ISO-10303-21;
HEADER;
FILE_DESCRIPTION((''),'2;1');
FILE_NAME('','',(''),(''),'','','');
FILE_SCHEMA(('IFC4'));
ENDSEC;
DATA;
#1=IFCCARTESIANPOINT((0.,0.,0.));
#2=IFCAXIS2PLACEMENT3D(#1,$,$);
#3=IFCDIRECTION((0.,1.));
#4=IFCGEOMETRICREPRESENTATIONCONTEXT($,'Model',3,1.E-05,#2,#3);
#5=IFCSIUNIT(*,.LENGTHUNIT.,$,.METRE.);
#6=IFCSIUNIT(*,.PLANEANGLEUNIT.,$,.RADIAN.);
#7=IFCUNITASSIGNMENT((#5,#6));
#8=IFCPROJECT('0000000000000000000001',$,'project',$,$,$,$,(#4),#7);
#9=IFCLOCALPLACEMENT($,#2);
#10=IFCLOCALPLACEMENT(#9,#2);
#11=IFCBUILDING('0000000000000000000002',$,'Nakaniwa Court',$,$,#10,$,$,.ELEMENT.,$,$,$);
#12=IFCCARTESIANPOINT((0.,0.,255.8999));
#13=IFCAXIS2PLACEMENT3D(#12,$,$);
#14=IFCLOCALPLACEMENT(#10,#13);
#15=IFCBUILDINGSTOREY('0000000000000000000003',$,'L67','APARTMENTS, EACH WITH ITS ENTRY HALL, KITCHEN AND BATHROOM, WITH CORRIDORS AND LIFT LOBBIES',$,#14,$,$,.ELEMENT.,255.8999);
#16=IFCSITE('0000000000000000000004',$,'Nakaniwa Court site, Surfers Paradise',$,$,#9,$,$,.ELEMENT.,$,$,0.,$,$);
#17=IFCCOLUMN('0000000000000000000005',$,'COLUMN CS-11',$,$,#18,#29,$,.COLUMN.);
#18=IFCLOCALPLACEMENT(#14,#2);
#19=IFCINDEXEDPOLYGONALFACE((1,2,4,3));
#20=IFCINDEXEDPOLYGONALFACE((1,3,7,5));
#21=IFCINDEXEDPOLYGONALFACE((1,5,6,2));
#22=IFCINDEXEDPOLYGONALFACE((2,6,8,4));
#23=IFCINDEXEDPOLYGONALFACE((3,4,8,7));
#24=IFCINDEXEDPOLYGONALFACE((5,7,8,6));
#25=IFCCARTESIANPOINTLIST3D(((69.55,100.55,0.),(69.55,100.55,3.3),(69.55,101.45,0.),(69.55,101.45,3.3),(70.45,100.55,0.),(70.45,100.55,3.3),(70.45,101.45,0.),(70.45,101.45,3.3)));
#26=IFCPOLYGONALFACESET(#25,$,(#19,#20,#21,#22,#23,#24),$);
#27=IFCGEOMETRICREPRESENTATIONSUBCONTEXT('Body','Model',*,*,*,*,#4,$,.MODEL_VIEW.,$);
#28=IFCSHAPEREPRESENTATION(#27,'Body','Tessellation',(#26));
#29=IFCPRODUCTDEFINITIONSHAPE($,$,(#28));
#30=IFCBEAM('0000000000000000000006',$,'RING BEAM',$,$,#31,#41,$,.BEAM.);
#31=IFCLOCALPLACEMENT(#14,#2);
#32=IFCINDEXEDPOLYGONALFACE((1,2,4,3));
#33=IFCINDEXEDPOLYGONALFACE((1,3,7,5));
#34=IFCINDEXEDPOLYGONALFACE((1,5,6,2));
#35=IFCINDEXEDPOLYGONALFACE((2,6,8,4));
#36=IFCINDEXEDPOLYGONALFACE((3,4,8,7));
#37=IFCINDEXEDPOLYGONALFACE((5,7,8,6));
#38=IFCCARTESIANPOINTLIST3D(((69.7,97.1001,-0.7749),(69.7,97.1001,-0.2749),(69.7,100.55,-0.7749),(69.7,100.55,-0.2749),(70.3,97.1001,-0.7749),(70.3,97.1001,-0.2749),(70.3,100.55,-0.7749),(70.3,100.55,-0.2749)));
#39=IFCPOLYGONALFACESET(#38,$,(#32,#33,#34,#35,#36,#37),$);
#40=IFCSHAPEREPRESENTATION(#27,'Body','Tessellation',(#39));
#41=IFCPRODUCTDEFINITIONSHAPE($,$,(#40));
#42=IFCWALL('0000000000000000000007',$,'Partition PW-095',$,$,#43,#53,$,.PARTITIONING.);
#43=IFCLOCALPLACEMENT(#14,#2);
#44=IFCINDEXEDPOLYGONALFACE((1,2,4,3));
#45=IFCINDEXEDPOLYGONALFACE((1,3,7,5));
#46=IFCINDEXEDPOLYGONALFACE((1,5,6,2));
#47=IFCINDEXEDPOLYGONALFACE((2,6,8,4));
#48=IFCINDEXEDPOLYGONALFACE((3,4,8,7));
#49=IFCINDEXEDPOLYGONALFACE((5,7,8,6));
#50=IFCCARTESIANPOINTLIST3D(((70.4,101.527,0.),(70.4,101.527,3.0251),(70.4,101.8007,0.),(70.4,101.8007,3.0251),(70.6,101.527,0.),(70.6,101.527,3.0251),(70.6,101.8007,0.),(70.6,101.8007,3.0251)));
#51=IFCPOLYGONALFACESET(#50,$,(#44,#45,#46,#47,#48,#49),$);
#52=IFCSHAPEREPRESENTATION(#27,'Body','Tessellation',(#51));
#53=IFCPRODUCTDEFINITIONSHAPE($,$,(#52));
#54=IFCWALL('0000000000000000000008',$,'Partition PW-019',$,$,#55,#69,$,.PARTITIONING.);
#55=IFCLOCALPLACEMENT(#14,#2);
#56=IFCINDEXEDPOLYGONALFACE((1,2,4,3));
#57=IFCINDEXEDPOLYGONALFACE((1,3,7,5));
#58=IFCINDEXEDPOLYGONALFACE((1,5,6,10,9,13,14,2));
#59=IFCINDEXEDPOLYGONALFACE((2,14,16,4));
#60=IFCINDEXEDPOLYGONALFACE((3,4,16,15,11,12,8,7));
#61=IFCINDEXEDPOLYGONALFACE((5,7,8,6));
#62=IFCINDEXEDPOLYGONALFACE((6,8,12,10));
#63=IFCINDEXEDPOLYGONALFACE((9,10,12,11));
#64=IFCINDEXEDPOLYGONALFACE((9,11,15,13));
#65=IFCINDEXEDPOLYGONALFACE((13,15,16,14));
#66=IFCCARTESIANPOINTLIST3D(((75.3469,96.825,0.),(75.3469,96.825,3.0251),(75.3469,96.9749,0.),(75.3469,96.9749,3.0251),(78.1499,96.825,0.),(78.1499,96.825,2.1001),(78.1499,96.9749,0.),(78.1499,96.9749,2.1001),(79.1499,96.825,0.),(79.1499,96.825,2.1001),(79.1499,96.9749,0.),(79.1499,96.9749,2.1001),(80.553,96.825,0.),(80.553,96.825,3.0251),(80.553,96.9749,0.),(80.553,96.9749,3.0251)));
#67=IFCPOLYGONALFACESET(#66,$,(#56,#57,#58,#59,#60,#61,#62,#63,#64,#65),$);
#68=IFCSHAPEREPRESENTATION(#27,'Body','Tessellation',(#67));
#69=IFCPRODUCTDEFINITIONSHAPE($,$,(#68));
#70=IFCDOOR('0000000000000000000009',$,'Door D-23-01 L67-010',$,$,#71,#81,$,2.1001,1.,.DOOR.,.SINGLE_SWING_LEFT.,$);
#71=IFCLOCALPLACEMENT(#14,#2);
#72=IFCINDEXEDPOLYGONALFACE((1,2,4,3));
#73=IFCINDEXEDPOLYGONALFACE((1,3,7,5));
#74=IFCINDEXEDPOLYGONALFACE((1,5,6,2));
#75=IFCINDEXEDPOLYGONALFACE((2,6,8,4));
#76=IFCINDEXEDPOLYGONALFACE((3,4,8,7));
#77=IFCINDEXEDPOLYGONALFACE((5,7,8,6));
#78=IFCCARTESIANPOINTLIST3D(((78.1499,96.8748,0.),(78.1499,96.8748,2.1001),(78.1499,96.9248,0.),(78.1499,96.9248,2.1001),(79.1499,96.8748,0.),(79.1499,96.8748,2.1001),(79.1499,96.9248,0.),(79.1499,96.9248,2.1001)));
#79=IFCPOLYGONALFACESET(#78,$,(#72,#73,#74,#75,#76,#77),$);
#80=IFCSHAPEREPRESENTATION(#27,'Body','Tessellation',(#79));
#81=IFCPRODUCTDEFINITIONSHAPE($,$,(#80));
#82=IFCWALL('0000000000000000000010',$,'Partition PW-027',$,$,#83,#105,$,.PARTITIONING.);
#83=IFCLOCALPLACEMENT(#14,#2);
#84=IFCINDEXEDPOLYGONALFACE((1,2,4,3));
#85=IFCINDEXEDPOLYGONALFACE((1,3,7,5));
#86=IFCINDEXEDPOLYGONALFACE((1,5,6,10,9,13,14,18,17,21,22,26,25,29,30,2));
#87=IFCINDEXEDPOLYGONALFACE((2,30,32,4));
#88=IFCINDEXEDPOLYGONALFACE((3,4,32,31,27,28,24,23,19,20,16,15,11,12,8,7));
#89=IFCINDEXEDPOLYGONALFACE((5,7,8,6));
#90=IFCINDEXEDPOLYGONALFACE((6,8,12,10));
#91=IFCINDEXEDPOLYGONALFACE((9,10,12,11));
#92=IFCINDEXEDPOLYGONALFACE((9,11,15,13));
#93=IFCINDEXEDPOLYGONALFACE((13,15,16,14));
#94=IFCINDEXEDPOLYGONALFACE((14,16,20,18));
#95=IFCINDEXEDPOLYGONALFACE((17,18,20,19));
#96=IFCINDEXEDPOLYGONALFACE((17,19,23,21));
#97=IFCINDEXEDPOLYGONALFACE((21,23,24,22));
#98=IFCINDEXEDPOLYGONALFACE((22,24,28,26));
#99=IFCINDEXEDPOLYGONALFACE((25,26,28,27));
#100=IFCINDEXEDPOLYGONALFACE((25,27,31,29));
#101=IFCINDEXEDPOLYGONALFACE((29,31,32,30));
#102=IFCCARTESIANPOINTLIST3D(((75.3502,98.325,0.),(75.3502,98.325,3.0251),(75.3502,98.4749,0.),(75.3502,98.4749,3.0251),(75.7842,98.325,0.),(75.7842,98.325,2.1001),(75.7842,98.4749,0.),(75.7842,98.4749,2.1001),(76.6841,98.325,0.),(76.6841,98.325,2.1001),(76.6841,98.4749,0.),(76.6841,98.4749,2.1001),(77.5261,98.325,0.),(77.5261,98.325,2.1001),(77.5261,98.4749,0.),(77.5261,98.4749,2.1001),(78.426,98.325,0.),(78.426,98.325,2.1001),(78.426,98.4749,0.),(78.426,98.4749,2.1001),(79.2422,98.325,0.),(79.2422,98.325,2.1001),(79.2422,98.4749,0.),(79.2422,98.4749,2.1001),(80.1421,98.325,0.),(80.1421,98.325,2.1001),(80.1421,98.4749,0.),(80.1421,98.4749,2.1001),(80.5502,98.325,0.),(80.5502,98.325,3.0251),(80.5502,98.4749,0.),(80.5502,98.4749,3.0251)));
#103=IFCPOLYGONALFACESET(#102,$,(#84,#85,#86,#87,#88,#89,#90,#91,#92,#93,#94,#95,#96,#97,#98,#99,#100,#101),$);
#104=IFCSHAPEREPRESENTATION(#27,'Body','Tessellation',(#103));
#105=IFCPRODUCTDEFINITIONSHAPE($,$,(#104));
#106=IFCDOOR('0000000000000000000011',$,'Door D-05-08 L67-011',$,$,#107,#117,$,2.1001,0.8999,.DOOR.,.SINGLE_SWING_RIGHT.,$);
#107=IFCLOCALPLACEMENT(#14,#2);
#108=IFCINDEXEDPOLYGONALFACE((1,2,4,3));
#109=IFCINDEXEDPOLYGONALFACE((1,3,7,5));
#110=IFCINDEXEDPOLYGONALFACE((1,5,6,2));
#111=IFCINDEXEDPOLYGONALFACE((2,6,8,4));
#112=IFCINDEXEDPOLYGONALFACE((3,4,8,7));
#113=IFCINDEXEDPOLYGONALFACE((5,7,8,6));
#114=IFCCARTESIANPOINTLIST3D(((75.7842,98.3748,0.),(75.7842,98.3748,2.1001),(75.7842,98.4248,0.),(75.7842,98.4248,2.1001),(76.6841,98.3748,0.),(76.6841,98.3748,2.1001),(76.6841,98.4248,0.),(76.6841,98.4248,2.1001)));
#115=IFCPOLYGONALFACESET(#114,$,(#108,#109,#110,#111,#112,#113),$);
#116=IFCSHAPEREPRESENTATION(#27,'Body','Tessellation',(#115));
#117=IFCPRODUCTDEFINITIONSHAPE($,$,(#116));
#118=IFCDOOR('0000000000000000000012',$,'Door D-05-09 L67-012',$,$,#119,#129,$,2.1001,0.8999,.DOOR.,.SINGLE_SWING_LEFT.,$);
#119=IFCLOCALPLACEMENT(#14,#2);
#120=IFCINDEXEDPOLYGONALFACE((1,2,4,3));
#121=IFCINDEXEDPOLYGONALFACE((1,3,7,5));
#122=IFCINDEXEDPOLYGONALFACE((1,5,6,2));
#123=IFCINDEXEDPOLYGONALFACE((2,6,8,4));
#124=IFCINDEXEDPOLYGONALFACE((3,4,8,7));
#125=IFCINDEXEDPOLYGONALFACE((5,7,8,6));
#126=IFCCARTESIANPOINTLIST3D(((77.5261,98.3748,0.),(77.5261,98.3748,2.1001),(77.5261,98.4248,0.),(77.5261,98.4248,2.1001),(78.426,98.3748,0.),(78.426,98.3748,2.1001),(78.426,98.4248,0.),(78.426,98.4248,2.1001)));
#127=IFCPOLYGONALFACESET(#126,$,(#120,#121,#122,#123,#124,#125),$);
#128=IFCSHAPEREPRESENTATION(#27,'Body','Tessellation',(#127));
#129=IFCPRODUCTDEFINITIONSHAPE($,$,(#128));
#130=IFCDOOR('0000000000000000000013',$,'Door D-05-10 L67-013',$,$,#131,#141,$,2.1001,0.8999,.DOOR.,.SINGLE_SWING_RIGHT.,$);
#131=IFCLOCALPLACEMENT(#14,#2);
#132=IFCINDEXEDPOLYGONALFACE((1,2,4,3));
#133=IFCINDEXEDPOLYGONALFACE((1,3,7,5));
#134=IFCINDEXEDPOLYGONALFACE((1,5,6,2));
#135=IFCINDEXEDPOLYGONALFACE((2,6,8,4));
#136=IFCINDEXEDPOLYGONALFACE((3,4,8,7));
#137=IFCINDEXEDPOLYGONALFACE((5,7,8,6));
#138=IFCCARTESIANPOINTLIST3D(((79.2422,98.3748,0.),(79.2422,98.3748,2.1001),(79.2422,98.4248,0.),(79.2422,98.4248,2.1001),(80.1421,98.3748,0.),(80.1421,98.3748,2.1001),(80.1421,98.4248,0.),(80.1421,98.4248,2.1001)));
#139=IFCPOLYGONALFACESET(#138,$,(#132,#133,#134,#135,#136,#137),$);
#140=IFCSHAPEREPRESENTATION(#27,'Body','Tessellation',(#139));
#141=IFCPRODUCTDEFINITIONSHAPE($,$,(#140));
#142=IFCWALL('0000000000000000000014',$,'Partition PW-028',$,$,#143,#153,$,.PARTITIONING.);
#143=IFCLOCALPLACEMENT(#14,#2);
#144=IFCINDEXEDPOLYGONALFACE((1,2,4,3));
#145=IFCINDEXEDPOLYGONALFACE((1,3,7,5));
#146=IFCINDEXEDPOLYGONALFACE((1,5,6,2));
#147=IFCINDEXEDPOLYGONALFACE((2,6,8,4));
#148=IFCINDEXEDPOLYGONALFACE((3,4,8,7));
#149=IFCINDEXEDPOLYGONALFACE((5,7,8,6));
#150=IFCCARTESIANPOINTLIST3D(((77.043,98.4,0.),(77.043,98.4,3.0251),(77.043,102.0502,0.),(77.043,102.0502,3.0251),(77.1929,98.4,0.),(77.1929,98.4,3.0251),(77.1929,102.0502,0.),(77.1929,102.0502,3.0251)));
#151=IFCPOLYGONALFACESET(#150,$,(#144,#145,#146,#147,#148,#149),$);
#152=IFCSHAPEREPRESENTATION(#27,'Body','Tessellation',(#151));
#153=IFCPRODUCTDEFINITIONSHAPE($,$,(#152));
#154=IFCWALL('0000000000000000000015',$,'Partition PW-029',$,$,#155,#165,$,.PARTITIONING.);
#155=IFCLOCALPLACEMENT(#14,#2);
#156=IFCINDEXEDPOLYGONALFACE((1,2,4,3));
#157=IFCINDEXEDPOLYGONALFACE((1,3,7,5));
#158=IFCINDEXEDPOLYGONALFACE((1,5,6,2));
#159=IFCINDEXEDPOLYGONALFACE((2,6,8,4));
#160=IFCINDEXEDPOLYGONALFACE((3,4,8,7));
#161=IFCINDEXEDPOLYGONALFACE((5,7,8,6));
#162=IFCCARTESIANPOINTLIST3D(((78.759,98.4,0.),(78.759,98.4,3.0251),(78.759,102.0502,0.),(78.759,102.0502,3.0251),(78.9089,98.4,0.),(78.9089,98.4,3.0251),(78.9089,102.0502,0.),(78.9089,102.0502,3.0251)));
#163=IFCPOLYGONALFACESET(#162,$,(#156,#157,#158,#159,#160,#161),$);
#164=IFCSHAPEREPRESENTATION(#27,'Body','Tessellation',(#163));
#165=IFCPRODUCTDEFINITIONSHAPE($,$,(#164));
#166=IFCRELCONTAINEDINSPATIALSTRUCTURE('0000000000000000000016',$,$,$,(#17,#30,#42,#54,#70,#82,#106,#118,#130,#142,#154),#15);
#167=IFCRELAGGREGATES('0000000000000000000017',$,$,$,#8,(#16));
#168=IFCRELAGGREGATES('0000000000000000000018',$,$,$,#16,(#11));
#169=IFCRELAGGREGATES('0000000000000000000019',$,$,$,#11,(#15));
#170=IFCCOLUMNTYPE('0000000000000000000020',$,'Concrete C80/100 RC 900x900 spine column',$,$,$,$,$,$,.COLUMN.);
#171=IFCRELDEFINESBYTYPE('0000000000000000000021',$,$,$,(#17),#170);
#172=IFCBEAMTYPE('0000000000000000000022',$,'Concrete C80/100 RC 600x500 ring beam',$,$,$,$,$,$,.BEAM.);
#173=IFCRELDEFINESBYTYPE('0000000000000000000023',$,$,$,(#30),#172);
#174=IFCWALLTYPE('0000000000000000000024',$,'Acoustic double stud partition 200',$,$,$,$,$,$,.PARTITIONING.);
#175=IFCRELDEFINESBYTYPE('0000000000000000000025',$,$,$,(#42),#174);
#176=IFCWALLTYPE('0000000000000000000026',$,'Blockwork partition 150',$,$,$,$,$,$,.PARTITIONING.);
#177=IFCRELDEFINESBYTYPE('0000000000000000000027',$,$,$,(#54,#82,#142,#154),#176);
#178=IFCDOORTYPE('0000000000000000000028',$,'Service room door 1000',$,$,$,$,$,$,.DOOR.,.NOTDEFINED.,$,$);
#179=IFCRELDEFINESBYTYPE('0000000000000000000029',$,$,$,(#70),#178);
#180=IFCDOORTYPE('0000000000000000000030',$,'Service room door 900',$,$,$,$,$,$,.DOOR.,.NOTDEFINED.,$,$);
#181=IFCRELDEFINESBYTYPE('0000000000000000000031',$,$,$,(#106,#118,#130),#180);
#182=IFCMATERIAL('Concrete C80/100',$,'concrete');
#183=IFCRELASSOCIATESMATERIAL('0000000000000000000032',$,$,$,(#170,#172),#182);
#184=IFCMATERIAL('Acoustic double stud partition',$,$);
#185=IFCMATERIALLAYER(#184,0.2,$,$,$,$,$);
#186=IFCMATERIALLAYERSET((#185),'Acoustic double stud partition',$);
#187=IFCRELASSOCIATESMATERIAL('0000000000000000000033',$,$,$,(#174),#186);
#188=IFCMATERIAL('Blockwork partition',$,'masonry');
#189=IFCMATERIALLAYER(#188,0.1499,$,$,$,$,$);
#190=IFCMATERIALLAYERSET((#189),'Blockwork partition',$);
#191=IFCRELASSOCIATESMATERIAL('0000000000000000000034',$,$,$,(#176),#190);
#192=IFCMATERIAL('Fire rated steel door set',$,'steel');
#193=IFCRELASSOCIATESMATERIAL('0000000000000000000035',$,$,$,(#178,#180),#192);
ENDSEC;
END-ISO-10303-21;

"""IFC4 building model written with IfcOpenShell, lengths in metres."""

from ifc_helpers import new_model, si_unit, direction, frame, frame_2d, origin, origin_2d, place, context, subcontext, project, spatial, rectangle, extrude, material, layer, layer_set, material_profile, profile_set, type_object, element, fill, save


model = new_model("IFC4")

# Units and contexts
model_context = context("Model", 3, precision=1e-05, world=origin(), true_north=direction((0.0, 1.0)))
body_context = subcontext(model_context, "Body", "Model", "MODEL_VIEW")
ifc_project = project(units=[si_unit("LENGTHUNIT", "METRE"), si_unit("PLANEANGLEUNIT", "RADIAN")], contexts=[model_context])

# Site, building, storey
site_placement = place(None, origin())
site = spatial("IfcSite", under=ifc_project, at=site_placement, Name="Nakaniwa Court site, Surfers Paradise", CompositionType="ELEMENT", RefElevation=0.0)
building_placement = place(site_placement, origin())
building = spatial("IfcBuilding", under=site, at=building_placement, Name="Nakaniwa Court", CompositionType="ELEMENT")
storey_placement = place(building_placement, frame((0.0, 0.0, 255.8999)))
storey = spatial("IfcBuildingStorey", under=building, at=storey_placement, Name="L67", Description="APARTMENTS, EACH WITH ITS ENTRY HALL, KITCHEN AND BATHROOM, WITH CORRIDORS AND LIFT LOBBIES", CompositionType="ELEMENT", Elevation=255.8999)

# Column
ifc_material_1 = material(Name="Concrete C80/100", Category="concrete")
ifc_material_profile_1 = material_profile(ifc_material_1, rectangle(XDim=0.8999, YDim=0.8999, at=origin_2d()), Name="Concrete C80/100 RC 900x900 spine column")
ifc_profile_set_1 = profile_set([ifc_material_profile_1], Name="Concrete C80/100")
column_type = type_object("IfcColumnType", Name="Concrete C80/100 RC 900x900 spine column", PredefinedType="COLUMN", material=ifc_profile_set_1)
column_placement = place(storey_placement, frame((70.0, 101.0, 0.0), z_axis=(0.0, 0.0, 1.0), x_axis=(0.0, -1.0, 0.0)))
element("IfcColumn", 1, at=column_placement, inside=storey, type_object=column_type, Name="COLUMN CS-11", PredefinedType="COLUMN", context=body_context, shape_type="SweptSolid", body=[
    extrude(rectangle(XDim=0.8999, YDim=0.8999, at=origin_2d()), origin(), (0.0, 0.0, 1.0), 3.3),
])

# Beam
ifc_material_profile_2 = material_profile(ifc_material_1, rectangle(XDim=0.6001, YDim=0.5, at=origin_2d()), Name="Concrete C80/100 RC 600x500 ring beam")
ifc_profile_set_2 = profile_set([ifc_material_profile_2], Name="Concrete C80/100")
beam_type = type_object("IfcBeamType", Name="Concrete C80/100 RC 600x500 ring beam", PredefinedType="BEAM", material=ifc_profile_set_2)
beam_placement = place(storey_placement, frame((70.0, 100.55, -0.5249), z_axis=(0.0, -1.0, 0.0), x_axis=(1.0, 0.0, 0.0)))
element("IfcBeam", 2, at=beam_placement, inside=storey, type_object=beam_type, Name="RING BEAM", PredefinedType="BEAM", context=body_context, shape_type="SweptSolid", body=[
    extrude(rectangle(XDim=0.6001, YDim=0.5, at=origin_2d()), origin(), (0.0, 0.0, 1.0), 3.45),
])

# Wall
ifc_material_2 = material(Name="Acoustic double stud partition")
ifc_layer_1 = layer(ifc_material_2, 0.2)
ifc_layer_set_1 = layer_set([ifc_layer_1], Name="Acoustic double stud partition")
wall_type_1 = type_object("IfcWallType", Name="Acoustic double stud partition 200", PredefinedType="PARTITIONING", material=ifc_layer_set_1)
wall_1_placement = place(storey_placement, frame((70.5, 101.5271, 0.0), z_axis=(0.0, 0.0, 1.0), x_axis=(0.0, 1.0, 0.0)))
element("IfcWall", 3, at=wall_1_placement, inside=storey, type_object=wall_type_1, Name="Partition PW-095", PredefinedType="PARTITIONING", context=body_context, shape_type="SweptSolid", body=[
    extrude(rectangle(XDim=0.2737, YDim=0.2, at=frame_2d((0.1367, 0.0))), origin(), (0.0, 0.0, 1.0), 3.0251),
])

# Wall, opening, door
ifc_material_3 = material(Name="Blockwork partition", Category="masonry")
ifc_layer_2 = layer(ifc_material_3, 0.1499)
ifc_layer_set_2 = layer_set([ifc_layer_2], Name="Blockwork partition")
wall_type_2 = type_object("IfcWallType", Name="Blockwork partition 150", PredefinedType="PARTITIONING", material=ifc_layer_set_2)
wall_2_placement = place(storey_placement, frame((75.3469, 96.8999, 0.0), z_axis=(0.0, 0.0, 1.0), x_axis=(1.0, 0.0, 0.0)))
wall_2 = element("IfcWall", 4, at=wall_2_placement, inside=storey, type_object=wall_type_2, Name="Partition PW-019", PredefinedType="PARTITIONING", context=body_context, shape_type="SweptSolid", body=[
    extrude(rectangle(XDim=5.2061, YDim=0.1499, at=frame_2d((2.603, 0.0))), origin(), (0.0, 0.0, 1.0), 3.0251),
])
opening_1_placement = place(wall_2_placement, frame((2.803, 0.0, 0.0)))
opening_1 = element("IfcOpeningElement", 5, at=opening_1_placement, cuts=wall_2, PredefinedType="OPENING", context=body_context, shape_type="SweptSolid", body=[
    extrude(rectangle(XDim=1.0, YDim=2.1001, at=frame_2d((0.5, 1.05))), frame((0.0, 0.085, 0.0), z_axis=(0.0, -1.0, 0.0), x_axis=(1.0, 0.0, 0.0)), (0.0, 0.0, 1.0), 0.1699),
])
ifc_material_4 = material(Name="Fire rated steel door set", Category="steel")
door_type_1 = type_object("IfcDoorType", Name="Service room door 1000", OperationType="NOTDEFINED", PredefinedType="DOOR", material=ifc_material_4)
door_1_placement = place(opening_1_placement, origin())
door_1 = element("IfcDoor", 6, at=door_1_placement, inside=storey, type_object=door_type_1, Name="Door D-23-01 L67-010", OperationType="SINGLE_SWING_LEFT", OverallHeight=2.1001, OverallWidth=1.0, PredefinedType="DOOR", context=body_context, shape_type="SweptSolid", body=[
    extrude(rectangle(XDim=1.0, YDim=2.1001, at=frame_2d((0.5, 1.05))), frame((0.0, 0.0249, 0.0), z_axis=(0.0, -1.0, 0.0), x_axis=(1.0, 0.0, 0.0)), (0.0, 0.0, 1.0), 0.05),
])
fill(opening_1, door_1)

# Wall, openings, doors
wall_3_placement = place(storey_placement, frame((75.3501, 98.3999, 0.0), z_axis=(0.0, 0.0, 1.0), x_axis=(1.0, 0.0, 0.0)))
wall_3 = element("IfcWall", 7, at=wall_3_placement, inside=storey, type_object=wall_type_2, Name="Partition PW-027", PredefinedType="PARTITIONING", context=body_context, shape_type="SweptSolid", body=[
    extrude(rectangle(XDim=5.2, YDim=0.1499, at=frame_2d((2.6001, 0.0))), origin(), (0.0, 0.0, 1.0), 3.0251),
])
opening_2_placement = place(wall_3_placement, frame((0.4341, 0.0, 0.0)))
opening_2 = element("IfcOpeningElement", 8, at=opening_2_placement, cuts=wall_3, PredefinedType="OPENING", context=body_context, shape_type="SweptSolid", body=[
    extrude(rectangle(XDim=0.8999, YDim=2.1001, at=frame_2d((0.45, 1.05))), frame((0.0, 0.085, 0.0), z_axis=(0.0, -1.0, 0.0), x_axis=(1.0, 0.0, 0.0)), (0.0, 0.0, 1.0), 0.1699),
])
opening_3_placement = place(wall_3_placement, frame((2.176, 0.0, 0.0)))
opening_3 = element("IfcOpeningElement", 9, at=opening_3_placement, cuts=wall_3, PredefinedType="OPENING", context=body_context, shape_type="SweptSolid", body=[
    extrude(rectangle(XDim=0.8999, YDim=2.1001, at=frame_2d((0.45, 1.05))), frame((0.0, 0.085, 0.0), z_axis=(0.0, -1.0, 0.0), x_axis=(1.0, 0.0, 0.0)), (0.0, 0.0, 1.0), 0.1699),
])
opening_4_placement = place(wall_3_placement, frame((3.8921, 0.0, 0.0)))
opening_4 = element("IfcOpeningElement", 10, at=opening_4_placement, cuts=wall_3, PredefinedType="OPENING", context=body_context, shape_type="SweptSolid", body=[
    extrude(rectangle(XDim=0.8999, YDim=2.1001, at=frame_2d((0.45, 1.05))), frame((0.0, 0.085, 0.0), z_axis=(0.0, -1.0, 0.0), x_axis=(1.0, 0.0, 0.0)), (0.0, 0.0, 1.0), 0.1699),
])
door_type_2 = type_object("IfcDoorType", Name="Service room door 900", OperationType="NOTDEFINED", PredefinedType="DOOR", material=ifc_material_4)
door_2_placement = place(opening_2_placement, origin())
door_2 = element("IfcDoor", 11, at=door_2_placement, inside=storey, type_object=door_type_2, Name="Door D-05-08 L67-011", OperationType="SINGLE_SWING_RIGHT", OverallHeight=2.1001, OverallWidth=0.8999, PredefinedType="DOOR", context=body_context, shape_type="SweptSolid", body=[
    extrude(rectangle(XDim=0.8999, YDim=2.1001, at=frame_2d((0.45, 1.05))), frame((0.0, 0.0249, 0.0), z_axis=(0.0, -1.0, 0.0), x_axis=(1.0, 0.0, 0.0)), (0.0, 0.0, 1.0), 0.05),
])
fill(opening_2, door_2)
door_3_placement = place(opening_3_placement, origin())
door_3 = element("IfcDoor", 12, at=door_3_placement, inside=storey, type_object=door_type_2, Name="Door D-05-09 L67-012", OperationType="SINGLE_SWING_LEFT", OverallHeight=2.1001, OverallWidth=0.8999, PredefinedType="DOOR", context=body_context, shape_type="SweptSolid", body=[
    extrude(rectangle(XDim=0.8999, YDim=2.1001, at=frame_2d((0.45, 1.05))), frame((0.0, 0.0249, 0.0), z_axis=(0.0, -1.0, 0.0), x_axis=(1.0, 0.0, 0.0)), (0.0, 0.0, 1.0), 0.05),
])
fill(opening_3, door_3)
door_4_placement = place(opening_4_placement, origin())
door_4 = element("IfcDoor", 13, at=door_4_placement, inside=storey, type_object=door_type_2, Name="Door D-05-10 L67-013", OperationType="SINGLE_SWING_RIGHT", OverallHeight=2.1001, OverallWidth=0.8999, PredefinedType="DOOR", context=body_context, shape_type="SweptSolid", body=[
    extrude(rectangle(XDim=0.8999, YDim=2.1001, at=frame_2d((0.45, 1.05))), frame((0.0, 0.0249, 0.0), z_axis=(0.0, -1.0, 0.0), x_axis=(1.0, 0.0, 0.0)), (0.0, 0.0, 1.0), 0.05),
])
fill(opening_4, door_4)

# Walls
for number, where, z_axis, x_axis, name in (
    (14, (77.1179, 98.3999, 0.0), (0.0, 0.0, 1.0), (0.0, 1.0, 0.0), "Partition PW-028"),
    (15, (78.834, 98.3999, 0.0), (0.0, 0.0, 1.0), (0.0, 1.0, 0.0), "Partition PW-029"),
):
    element("IfcWall", number, at=place(storey_placement, frame(where, z_axis=z_axis, x_axis=x_axis)), inside=storey, type_object=wall_type_2, Name=name, PredefinedType="PARTITIONING", context=body_context, shape_type="SweptSolid", body=[
        extrude(rectangle(XDim=3.6501, YDim=0.1499, at=frame_2d((1.8252, 0.0))), origin(), (0.0, 0.0, 1.0), 3.0251),
    ])

save(model, "model.ifc")
